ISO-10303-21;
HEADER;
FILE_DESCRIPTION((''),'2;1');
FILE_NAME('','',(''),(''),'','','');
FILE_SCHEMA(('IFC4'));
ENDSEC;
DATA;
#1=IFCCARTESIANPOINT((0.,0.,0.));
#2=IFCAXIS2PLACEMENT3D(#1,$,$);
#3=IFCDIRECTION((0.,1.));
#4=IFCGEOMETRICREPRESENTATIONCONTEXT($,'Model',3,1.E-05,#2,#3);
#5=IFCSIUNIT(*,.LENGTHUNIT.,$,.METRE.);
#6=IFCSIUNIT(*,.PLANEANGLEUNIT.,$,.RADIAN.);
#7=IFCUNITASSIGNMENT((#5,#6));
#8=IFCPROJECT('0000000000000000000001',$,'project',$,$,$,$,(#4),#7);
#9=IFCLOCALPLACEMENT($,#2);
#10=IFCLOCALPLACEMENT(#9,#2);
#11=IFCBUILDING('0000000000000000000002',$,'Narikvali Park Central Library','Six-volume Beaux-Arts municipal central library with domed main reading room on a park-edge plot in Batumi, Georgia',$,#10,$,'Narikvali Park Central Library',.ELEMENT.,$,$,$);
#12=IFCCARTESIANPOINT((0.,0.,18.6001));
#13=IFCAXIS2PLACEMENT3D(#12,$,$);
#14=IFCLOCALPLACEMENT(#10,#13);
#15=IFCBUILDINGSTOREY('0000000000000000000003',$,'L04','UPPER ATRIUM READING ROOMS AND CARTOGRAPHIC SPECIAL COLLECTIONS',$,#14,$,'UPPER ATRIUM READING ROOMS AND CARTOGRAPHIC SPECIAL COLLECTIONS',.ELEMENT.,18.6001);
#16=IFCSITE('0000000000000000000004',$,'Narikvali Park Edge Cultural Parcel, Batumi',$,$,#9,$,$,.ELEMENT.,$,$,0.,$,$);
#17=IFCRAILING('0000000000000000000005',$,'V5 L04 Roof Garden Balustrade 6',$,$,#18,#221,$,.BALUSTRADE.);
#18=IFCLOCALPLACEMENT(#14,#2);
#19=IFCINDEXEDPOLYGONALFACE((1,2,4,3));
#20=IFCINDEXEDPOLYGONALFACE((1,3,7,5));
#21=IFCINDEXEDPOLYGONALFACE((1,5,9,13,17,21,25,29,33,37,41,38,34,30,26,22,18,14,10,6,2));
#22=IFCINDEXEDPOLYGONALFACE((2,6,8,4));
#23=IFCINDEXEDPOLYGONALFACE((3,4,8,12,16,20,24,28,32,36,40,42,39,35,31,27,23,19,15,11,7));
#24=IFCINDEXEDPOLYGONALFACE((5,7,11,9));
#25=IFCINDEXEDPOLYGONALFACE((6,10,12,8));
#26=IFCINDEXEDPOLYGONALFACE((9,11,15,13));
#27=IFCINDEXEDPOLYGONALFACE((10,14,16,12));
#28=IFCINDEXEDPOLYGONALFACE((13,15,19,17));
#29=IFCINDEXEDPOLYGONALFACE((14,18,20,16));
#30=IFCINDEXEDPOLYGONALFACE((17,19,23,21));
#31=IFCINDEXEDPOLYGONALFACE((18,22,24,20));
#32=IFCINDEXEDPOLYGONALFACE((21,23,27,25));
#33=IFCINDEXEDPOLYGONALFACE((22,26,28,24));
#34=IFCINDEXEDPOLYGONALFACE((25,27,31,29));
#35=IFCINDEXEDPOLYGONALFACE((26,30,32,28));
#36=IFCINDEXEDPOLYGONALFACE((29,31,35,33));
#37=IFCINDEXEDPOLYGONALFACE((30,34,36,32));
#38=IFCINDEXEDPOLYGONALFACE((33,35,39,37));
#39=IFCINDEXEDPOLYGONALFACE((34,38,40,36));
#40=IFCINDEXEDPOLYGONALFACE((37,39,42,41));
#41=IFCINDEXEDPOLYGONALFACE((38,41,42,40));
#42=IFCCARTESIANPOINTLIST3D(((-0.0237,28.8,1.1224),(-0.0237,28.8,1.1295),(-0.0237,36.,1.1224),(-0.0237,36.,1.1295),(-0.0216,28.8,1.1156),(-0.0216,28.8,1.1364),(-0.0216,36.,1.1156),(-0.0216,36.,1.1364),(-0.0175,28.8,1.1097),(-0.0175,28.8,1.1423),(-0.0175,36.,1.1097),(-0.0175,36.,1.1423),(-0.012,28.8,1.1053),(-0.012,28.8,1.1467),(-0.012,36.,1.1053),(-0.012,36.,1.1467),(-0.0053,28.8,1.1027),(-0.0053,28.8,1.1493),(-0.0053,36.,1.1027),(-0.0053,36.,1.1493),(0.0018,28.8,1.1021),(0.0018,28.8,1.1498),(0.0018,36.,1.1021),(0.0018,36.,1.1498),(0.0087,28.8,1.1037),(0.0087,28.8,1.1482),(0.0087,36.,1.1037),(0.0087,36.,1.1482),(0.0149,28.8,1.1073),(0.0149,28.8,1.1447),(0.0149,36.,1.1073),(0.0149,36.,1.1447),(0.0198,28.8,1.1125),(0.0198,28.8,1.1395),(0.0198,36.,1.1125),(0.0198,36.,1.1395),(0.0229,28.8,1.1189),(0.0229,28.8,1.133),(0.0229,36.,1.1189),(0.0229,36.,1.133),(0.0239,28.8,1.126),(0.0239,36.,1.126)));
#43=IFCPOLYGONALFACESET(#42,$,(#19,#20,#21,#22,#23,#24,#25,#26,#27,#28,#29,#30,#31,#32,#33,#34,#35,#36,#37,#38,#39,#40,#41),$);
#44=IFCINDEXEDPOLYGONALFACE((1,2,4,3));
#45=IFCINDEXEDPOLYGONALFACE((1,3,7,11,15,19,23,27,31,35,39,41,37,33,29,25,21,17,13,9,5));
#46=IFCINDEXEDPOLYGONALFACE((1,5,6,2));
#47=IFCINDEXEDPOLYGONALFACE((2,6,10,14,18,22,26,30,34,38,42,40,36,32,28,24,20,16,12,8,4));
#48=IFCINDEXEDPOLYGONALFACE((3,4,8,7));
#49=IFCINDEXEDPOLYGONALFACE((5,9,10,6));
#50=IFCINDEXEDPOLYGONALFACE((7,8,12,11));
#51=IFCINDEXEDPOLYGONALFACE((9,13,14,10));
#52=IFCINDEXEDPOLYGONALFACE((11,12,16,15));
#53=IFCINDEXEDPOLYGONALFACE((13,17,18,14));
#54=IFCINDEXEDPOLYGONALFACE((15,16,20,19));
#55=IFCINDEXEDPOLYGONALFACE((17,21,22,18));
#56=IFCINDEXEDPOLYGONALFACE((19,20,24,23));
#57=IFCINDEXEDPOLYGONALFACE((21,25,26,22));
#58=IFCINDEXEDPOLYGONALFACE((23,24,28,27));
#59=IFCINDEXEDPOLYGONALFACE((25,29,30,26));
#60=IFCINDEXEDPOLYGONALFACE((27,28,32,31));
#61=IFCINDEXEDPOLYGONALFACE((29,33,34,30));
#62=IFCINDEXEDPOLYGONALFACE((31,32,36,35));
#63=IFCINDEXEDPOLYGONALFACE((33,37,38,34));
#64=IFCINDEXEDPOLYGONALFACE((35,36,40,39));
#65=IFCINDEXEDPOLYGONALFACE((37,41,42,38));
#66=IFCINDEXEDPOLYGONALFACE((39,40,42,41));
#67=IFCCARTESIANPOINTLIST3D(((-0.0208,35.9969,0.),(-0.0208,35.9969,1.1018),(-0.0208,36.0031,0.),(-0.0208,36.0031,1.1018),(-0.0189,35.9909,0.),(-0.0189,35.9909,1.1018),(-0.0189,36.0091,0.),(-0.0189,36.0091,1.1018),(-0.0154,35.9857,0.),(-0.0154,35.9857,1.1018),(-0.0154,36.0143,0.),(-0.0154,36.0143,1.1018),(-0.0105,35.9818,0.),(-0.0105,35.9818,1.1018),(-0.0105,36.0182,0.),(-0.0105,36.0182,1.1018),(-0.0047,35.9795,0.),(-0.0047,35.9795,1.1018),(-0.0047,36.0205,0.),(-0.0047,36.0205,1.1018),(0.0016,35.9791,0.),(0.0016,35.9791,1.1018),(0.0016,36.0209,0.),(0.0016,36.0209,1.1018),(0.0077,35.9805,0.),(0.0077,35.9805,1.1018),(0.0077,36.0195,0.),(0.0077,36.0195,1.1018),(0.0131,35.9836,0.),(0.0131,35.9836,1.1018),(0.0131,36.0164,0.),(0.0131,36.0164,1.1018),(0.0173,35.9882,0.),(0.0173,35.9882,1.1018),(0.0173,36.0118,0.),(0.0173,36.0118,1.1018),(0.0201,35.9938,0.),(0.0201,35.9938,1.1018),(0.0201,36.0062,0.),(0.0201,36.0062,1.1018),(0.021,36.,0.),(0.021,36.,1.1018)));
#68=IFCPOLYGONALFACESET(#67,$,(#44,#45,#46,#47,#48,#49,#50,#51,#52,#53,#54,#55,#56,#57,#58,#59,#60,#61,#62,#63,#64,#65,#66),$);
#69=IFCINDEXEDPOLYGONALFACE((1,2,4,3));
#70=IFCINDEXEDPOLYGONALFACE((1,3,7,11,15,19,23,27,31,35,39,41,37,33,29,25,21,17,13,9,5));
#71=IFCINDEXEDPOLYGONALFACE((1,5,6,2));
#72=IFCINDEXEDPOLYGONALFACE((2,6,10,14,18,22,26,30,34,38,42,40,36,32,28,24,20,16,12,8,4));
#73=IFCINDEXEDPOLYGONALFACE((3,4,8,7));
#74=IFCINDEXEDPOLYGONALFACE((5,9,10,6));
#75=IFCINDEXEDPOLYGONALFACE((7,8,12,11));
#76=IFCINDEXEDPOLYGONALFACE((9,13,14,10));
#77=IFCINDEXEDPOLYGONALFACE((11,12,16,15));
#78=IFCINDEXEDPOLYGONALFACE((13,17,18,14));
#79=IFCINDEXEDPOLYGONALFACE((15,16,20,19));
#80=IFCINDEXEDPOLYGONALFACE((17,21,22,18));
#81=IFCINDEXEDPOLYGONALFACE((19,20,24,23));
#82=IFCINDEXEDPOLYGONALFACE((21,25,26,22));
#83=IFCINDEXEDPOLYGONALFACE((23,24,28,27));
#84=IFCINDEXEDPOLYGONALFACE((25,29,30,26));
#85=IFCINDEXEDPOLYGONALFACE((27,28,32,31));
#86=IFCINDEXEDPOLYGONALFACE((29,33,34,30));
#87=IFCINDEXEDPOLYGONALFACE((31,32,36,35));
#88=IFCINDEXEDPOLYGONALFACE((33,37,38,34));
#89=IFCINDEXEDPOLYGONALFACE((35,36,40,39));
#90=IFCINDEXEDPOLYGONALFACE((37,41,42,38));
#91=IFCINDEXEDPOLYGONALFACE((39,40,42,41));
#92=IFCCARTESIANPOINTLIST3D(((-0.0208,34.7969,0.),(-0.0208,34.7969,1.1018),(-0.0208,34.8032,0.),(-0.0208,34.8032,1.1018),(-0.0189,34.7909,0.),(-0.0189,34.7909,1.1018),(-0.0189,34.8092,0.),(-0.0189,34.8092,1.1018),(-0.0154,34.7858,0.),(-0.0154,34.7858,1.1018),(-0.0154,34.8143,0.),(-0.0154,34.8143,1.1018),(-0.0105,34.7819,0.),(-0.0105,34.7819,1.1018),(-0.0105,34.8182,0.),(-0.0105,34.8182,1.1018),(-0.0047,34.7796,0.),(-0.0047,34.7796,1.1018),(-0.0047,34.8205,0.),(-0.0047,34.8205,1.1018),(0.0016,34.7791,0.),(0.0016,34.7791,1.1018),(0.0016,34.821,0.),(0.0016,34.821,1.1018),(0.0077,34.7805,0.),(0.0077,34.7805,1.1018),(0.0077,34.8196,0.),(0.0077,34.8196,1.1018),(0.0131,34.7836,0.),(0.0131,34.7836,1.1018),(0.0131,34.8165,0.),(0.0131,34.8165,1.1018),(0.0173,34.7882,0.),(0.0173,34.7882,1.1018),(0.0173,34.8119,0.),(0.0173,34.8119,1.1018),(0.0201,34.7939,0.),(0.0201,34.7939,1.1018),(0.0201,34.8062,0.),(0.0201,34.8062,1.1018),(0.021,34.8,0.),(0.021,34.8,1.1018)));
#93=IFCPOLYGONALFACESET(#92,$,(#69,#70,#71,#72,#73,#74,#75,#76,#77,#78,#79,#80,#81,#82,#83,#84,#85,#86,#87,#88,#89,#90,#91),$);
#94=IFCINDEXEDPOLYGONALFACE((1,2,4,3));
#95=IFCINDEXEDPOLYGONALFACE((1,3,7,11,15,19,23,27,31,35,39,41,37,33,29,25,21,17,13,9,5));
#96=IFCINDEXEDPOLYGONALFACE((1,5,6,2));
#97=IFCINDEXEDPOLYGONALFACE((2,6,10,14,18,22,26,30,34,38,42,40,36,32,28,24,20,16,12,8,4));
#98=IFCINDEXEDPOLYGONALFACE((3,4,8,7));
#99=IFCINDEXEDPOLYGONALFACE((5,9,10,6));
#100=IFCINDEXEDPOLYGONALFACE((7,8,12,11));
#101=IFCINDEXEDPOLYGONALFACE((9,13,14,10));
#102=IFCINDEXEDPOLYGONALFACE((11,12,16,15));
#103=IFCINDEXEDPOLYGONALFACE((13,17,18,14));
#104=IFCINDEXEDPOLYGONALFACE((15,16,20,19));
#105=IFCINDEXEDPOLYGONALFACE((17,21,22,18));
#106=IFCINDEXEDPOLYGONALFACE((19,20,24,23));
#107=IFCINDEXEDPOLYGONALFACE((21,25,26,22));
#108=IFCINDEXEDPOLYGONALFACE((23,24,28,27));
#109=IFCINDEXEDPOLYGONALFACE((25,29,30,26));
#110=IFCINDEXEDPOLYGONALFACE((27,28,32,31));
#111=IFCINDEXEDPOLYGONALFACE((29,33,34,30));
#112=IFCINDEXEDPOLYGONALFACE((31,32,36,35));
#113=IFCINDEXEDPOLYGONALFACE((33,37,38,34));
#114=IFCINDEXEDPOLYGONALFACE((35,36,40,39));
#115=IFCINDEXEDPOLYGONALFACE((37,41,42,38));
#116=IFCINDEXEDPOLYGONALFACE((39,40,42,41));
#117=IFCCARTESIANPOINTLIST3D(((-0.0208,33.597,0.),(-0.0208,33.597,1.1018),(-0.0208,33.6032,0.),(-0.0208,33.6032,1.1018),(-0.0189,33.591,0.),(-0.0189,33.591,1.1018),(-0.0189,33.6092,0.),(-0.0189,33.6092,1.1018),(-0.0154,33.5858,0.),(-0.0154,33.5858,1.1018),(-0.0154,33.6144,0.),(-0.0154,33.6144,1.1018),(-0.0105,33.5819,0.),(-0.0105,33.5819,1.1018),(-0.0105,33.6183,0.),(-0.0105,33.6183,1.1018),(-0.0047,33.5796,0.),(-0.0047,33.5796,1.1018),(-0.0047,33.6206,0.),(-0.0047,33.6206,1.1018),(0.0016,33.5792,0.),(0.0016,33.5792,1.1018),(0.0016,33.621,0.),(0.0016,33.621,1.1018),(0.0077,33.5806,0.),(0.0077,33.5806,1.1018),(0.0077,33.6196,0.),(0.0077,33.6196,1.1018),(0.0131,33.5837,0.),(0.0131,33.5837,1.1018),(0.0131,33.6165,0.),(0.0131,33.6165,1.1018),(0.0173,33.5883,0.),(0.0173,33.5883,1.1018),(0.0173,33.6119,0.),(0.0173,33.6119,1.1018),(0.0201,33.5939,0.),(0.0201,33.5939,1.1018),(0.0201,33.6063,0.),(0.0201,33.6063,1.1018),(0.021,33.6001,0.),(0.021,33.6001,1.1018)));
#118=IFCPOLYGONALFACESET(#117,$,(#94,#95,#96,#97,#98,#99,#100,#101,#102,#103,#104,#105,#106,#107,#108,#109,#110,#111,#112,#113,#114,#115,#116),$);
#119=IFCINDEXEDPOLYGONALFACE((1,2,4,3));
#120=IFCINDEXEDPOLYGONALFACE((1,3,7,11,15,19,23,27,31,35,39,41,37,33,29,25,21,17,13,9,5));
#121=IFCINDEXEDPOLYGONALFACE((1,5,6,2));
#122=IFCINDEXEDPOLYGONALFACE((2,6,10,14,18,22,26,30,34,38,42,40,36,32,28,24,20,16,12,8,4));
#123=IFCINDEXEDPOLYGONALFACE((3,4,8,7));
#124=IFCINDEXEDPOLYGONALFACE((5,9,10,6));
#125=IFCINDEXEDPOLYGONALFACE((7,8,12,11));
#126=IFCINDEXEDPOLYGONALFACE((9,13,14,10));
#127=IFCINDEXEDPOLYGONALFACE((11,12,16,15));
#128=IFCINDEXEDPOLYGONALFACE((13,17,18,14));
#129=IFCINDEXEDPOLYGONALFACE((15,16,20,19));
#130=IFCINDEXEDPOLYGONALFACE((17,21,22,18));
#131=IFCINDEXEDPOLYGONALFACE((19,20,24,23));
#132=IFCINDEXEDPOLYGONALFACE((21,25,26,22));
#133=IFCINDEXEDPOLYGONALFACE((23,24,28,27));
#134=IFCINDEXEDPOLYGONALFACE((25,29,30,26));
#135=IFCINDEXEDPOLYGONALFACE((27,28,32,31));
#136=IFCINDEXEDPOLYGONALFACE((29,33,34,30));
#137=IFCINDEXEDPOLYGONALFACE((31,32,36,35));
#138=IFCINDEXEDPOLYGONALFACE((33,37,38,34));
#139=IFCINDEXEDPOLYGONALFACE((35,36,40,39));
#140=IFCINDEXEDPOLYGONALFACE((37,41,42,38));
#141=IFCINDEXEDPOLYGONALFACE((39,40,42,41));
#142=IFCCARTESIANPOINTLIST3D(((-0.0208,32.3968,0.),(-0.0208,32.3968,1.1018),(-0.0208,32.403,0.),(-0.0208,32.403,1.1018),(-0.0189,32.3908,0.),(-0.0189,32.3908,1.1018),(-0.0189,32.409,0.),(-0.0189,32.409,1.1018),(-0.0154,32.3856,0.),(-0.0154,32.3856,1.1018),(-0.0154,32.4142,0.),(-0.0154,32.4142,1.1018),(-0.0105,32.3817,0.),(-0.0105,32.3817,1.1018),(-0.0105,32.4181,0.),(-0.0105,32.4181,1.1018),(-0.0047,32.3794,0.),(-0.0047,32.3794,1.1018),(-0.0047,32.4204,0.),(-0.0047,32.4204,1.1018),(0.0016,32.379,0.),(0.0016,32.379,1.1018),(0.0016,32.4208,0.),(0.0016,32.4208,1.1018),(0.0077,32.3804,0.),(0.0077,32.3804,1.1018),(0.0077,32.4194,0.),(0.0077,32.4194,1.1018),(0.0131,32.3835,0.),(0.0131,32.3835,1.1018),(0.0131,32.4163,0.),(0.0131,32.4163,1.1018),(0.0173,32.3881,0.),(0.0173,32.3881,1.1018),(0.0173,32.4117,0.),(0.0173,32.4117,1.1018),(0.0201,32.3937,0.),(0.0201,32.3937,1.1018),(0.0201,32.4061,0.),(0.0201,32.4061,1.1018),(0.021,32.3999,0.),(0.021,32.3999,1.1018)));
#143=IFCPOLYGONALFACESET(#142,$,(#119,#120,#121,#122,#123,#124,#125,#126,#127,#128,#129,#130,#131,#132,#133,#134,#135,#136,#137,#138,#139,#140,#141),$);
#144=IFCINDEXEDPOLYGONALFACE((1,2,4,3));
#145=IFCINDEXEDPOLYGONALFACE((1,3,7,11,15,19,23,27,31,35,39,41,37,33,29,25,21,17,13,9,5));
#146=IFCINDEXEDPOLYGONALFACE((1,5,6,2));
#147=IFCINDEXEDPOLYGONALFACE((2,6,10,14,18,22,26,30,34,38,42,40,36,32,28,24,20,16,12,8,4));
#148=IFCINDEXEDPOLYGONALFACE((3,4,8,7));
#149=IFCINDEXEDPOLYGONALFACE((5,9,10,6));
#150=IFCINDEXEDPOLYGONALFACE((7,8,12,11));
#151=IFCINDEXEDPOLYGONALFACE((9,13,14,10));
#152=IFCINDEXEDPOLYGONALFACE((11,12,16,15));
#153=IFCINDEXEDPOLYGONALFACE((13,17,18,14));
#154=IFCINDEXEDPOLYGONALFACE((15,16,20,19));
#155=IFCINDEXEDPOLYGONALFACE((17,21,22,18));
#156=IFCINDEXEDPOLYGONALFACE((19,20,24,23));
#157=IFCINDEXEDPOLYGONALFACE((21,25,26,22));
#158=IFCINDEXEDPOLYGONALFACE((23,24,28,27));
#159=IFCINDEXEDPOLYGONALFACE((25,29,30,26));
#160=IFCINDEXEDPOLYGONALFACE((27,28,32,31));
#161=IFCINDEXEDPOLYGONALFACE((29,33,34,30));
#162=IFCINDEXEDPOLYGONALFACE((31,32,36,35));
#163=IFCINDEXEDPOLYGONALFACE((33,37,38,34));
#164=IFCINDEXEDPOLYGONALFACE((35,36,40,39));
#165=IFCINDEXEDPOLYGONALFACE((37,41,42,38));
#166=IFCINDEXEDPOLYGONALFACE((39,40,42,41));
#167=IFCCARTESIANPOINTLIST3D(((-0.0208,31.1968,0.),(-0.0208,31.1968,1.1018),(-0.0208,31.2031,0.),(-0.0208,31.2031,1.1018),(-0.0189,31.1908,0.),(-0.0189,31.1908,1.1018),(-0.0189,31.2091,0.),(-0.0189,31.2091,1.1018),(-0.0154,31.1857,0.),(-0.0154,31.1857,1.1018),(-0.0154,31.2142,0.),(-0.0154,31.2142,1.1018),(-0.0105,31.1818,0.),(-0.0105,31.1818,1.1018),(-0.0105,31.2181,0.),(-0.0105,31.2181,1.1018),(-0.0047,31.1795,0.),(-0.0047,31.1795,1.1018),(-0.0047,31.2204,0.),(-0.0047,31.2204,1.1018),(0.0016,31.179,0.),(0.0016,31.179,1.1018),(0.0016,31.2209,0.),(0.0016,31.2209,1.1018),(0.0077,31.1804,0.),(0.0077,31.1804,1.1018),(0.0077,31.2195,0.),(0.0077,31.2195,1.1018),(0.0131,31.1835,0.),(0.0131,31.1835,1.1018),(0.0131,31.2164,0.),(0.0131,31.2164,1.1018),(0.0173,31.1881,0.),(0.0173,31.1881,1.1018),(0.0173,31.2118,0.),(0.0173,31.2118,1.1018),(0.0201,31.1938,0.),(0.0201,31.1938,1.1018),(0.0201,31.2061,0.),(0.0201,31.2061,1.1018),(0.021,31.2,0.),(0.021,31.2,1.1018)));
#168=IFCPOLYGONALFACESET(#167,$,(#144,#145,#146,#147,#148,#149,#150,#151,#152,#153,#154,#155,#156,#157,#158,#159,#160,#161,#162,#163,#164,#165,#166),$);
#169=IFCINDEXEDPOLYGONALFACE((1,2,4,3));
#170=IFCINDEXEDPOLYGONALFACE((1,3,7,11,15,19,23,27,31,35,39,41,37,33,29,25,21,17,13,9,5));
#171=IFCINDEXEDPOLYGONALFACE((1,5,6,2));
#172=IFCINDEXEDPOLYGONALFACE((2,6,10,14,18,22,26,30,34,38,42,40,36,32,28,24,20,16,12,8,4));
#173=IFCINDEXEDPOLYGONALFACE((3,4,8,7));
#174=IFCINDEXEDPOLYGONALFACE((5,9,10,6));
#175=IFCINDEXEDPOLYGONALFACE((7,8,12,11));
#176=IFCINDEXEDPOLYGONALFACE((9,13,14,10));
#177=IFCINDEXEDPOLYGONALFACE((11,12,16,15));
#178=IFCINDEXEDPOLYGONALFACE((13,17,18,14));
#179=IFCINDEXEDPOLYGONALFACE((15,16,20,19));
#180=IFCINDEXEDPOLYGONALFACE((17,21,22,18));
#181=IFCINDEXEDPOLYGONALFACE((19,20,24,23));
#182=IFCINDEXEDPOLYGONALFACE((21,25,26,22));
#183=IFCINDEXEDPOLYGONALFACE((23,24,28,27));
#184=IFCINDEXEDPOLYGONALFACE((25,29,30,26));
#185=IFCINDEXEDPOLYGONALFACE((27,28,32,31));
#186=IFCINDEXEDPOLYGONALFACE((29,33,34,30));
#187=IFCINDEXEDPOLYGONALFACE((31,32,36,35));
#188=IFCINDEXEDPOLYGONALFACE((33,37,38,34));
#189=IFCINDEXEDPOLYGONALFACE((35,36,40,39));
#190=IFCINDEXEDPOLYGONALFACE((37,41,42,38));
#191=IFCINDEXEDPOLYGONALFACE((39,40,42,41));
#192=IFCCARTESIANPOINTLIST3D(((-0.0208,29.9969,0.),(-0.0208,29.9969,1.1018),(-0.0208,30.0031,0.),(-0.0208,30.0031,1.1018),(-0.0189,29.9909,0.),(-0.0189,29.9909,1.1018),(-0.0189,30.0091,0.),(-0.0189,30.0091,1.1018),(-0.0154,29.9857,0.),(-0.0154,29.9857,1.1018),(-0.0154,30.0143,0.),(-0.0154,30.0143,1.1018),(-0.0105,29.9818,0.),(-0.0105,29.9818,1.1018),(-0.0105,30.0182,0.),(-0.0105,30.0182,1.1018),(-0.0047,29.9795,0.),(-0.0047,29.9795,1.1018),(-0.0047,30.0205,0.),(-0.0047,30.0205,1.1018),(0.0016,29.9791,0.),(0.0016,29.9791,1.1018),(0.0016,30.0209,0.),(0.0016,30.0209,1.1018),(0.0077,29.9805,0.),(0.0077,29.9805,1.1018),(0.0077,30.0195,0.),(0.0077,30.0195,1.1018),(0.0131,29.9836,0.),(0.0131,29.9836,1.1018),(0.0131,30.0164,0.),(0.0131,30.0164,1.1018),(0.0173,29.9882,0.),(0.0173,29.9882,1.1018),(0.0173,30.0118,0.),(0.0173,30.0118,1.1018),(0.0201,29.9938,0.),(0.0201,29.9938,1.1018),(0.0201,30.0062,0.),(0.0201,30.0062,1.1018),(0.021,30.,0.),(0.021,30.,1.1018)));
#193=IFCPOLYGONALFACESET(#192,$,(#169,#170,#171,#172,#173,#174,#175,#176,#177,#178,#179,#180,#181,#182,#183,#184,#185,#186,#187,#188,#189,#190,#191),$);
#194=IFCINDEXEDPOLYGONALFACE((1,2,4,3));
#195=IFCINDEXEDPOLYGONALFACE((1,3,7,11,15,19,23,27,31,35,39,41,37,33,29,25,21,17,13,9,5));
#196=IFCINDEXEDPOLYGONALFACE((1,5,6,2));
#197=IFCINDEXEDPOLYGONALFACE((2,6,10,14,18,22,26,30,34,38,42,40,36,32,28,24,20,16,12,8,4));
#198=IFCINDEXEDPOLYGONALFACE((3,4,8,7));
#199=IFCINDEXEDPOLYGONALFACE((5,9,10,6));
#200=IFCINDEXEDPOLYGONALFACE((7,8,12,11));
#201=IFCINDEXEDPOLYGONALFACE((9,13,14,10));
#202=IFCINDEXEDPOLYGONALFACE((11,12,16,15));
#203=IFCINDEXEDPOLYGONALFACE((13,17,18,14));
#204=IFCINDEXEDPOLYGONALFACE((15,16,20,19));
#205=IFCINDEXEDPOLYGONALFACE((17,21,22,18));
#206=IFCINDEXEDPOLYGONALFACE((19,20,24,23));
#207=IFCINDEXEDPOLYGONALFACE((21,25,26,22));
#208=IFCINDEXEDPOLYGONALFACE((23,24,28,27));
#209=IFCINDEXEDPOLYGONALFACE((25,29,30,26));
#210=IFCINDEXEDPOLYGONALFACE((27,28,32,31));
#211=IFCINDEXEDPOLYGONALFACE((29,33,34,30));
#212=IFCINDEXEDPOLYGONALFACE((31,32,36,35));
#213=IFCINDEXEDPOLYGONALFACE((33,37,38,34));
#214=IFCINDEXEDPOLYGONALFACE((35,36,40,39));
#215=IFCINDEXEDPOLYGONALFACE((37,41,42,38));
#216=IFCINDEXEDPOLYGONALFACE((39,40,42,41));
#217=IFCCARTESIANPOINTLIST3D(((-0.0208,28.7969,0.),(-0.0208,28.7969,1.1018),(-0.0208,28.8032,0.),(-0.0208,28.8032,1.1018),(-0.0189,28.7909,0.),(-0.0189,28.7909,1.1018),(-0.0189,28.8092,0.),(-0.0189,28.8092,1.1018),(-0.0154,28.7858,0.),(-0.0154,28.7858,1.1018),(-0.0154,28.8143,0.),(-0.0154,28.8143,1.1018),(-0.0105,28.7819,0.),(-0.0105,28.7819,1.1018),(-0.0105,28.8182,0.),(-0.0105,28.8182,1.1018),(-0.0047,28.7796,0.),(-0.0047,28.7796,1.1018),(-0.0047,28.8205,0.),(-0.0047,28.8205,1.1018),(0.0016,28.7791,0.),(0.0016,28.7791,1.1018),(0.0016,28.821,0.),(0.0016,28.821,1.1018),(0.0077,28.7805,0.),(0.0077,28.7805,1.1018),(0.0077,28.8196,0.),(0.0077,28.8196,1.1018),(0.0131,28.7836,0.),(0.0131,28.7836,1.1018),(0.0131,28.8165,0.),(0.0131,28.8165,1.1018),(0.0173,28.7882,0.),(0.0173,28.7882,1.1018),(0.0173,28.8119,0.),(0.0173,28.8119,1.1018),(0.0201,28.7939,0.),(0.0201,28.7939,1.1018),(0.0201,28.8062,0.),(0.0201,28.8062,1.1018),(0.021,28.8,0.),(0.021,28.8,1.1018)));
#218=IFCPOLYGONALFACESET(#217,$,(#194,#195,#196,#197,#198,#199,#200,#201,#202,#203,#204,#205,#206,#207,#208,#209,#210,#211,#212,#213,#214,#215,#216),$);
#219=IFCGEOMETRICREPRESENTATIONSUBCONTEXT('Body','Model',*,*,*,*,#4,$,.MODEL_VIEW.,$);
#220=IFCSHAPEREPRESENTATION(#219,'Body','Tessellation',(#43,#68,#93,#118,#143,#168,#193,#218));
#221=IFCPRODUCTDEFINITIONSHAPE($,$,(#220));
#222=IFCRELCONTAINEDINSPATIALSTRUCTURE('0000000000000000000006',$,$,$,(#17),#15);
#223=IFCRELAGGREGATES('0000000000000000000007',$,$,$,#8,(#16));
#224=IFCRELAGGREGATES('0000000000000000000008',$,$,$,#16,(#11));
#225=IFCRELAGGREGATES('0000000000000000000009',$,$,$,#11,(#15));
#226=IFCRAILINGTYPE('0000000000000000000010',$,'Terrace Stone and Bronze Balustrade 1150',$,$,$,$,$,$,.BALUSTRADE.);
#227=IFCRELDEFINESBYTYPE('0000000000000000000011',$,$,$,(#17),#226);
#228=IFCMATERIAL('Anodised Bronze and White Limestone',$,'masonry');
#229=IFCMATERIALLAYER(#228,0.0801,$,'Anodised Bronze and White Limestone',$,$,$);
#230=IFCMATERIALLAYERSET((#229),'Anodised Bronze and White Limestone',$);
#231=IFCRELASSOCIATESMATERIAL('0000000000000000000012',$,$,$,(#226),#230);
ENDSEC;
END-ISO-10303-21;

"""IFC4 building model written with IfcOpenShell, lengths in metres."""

from ifc_helpers import new_model, si_unit, direction, frame, origin, origin_2d, place, context, subcontext, project, spatial, circle, extrude, material, layer, layer_set, type_object, element, save


model = new_model("IFC4")

# Units and contexts
model_context = context("Model", 3, precision=1e-05, world=origin(), true_north=direction((0.0, 1.0)))
body_context = subcontext(model_context, "Body", "Model", "MODEL_VIEW")
ifc_project = project(units=[si_unit("LENGTHUNIT", "METRE"), si_unit("PLANEANGLEUNIT", "RADIAN")], contexts=[model_context])

# Site, building, storey
site_placement = place(None, origin())
site = spatial("IfcSite", under=ifc_project, at=site_placement, Name="Narikvali Park Edge Cultural Parcel, Batumi", CompositionType="ELEMENT", RefElevation=0.0)
building_placement = place(site_placement, origin())
building = spatial("IfcBuilding", under=site, at=building_placement, Name="Narikvali Park Central Library", Description="Six-volume Beaux-Arts municipal central library with domed main reading room on a park-edge plot in Batumi, Georgia", LongName="Narikvali Park Central Library", CompositionType="ELEMENT")
storey_placement = place(building_placement, frame((0.0, 0.0, 18.6001)))
storey = spatial("IfcBuildingStorey", under=building, at=storey_placement, Name="L04", Description="UPPER ATRIUM READING ROOMS AND CARTOGRAPHIC SPECIAL COLLECTIONS", LongName="UPPER ATRIUM READING ROOMS AND CARTOGRAPHIC SPECIAL COLLECTIONS", CompositionType="ELEMENT", Elevation=18.6001)

# Railing
ifc_material_1 = material(Name="Anodised Bronze and White Limestone", Category="masonry")
ifc_layer_1 = layer(ifc_material_1, 0.0801, Name="Anodised Bronze and White Limestone")
ifc_layer_set_1 = layer_set([ifc_layer_1], Name="Anodised Bronze and White Limestone")
railing_type = type_object("IfcRailingType", Name="Terrace Stone and Bronze Balustrade 1150", PredefinedType="BALUSTRADE", material=ifc_layer_set_1)
railing_1_placement = place(storey_placement, frame((0.0, 36.0, 0.0)))
element("IfcRailing", 1, at=railing_1_placement, inside=storey, type_object=railing_type, Name="V5 L04 Roof Garden Balustrade 6", PredefinedType="BALUSTRADE", context=body_context, shape_type="SweptSolid", body=[
    extrude(circle(Radius=0.0239, at=origin_2d()), frame((0.0, 0.0, 1.126), z_axis=(0.0, -1.0, 0.0), x_axis=(1.0, 0.0, 0.0)), (0.0, 0.0, 1.0), 7.2),
    extrude(circle(Radius=0.021, at=origin_2d()), origin(), (0.0, 0.0, 1.0), 1.1018),
    extrude(circle(Radius=0.021, at=origin_2d()), frame((0.0, -1.2, 0.0)), (0.0, 0.0, 1.0), 1.1018),
    extrude(circle(Radius=0.021, at=origin_2d()), frame((0.0, -2.3999, 0.0)), (0.0, 0.0, 1.0), 1.1018),
    extrude(circle(Radius=0.021, at=origin_2d()), frame((0.0, -3.6001, 0.0)), (0.0, 0.0, 1.0), 1.1018),
    extrude(circle(Radius=0.021, at=origin_2d()), frame((0.0, -4.8, 0.0)), (0.0, 0.0, 1.0), 1.1018),
    extrude(circle(Radius=0.021, at=origin_2d()), frame((0.0, -6.0, 0.0)), (0.0, 0.0, 1.0), 1.1018),
    extrude(circle(Radius=0.021, at=origin_2d()), frame((0.0, -7.2, 0.0)), (0.0, 0.0, 1.0), 1.1018),
])

save(model, "model.ifc")
